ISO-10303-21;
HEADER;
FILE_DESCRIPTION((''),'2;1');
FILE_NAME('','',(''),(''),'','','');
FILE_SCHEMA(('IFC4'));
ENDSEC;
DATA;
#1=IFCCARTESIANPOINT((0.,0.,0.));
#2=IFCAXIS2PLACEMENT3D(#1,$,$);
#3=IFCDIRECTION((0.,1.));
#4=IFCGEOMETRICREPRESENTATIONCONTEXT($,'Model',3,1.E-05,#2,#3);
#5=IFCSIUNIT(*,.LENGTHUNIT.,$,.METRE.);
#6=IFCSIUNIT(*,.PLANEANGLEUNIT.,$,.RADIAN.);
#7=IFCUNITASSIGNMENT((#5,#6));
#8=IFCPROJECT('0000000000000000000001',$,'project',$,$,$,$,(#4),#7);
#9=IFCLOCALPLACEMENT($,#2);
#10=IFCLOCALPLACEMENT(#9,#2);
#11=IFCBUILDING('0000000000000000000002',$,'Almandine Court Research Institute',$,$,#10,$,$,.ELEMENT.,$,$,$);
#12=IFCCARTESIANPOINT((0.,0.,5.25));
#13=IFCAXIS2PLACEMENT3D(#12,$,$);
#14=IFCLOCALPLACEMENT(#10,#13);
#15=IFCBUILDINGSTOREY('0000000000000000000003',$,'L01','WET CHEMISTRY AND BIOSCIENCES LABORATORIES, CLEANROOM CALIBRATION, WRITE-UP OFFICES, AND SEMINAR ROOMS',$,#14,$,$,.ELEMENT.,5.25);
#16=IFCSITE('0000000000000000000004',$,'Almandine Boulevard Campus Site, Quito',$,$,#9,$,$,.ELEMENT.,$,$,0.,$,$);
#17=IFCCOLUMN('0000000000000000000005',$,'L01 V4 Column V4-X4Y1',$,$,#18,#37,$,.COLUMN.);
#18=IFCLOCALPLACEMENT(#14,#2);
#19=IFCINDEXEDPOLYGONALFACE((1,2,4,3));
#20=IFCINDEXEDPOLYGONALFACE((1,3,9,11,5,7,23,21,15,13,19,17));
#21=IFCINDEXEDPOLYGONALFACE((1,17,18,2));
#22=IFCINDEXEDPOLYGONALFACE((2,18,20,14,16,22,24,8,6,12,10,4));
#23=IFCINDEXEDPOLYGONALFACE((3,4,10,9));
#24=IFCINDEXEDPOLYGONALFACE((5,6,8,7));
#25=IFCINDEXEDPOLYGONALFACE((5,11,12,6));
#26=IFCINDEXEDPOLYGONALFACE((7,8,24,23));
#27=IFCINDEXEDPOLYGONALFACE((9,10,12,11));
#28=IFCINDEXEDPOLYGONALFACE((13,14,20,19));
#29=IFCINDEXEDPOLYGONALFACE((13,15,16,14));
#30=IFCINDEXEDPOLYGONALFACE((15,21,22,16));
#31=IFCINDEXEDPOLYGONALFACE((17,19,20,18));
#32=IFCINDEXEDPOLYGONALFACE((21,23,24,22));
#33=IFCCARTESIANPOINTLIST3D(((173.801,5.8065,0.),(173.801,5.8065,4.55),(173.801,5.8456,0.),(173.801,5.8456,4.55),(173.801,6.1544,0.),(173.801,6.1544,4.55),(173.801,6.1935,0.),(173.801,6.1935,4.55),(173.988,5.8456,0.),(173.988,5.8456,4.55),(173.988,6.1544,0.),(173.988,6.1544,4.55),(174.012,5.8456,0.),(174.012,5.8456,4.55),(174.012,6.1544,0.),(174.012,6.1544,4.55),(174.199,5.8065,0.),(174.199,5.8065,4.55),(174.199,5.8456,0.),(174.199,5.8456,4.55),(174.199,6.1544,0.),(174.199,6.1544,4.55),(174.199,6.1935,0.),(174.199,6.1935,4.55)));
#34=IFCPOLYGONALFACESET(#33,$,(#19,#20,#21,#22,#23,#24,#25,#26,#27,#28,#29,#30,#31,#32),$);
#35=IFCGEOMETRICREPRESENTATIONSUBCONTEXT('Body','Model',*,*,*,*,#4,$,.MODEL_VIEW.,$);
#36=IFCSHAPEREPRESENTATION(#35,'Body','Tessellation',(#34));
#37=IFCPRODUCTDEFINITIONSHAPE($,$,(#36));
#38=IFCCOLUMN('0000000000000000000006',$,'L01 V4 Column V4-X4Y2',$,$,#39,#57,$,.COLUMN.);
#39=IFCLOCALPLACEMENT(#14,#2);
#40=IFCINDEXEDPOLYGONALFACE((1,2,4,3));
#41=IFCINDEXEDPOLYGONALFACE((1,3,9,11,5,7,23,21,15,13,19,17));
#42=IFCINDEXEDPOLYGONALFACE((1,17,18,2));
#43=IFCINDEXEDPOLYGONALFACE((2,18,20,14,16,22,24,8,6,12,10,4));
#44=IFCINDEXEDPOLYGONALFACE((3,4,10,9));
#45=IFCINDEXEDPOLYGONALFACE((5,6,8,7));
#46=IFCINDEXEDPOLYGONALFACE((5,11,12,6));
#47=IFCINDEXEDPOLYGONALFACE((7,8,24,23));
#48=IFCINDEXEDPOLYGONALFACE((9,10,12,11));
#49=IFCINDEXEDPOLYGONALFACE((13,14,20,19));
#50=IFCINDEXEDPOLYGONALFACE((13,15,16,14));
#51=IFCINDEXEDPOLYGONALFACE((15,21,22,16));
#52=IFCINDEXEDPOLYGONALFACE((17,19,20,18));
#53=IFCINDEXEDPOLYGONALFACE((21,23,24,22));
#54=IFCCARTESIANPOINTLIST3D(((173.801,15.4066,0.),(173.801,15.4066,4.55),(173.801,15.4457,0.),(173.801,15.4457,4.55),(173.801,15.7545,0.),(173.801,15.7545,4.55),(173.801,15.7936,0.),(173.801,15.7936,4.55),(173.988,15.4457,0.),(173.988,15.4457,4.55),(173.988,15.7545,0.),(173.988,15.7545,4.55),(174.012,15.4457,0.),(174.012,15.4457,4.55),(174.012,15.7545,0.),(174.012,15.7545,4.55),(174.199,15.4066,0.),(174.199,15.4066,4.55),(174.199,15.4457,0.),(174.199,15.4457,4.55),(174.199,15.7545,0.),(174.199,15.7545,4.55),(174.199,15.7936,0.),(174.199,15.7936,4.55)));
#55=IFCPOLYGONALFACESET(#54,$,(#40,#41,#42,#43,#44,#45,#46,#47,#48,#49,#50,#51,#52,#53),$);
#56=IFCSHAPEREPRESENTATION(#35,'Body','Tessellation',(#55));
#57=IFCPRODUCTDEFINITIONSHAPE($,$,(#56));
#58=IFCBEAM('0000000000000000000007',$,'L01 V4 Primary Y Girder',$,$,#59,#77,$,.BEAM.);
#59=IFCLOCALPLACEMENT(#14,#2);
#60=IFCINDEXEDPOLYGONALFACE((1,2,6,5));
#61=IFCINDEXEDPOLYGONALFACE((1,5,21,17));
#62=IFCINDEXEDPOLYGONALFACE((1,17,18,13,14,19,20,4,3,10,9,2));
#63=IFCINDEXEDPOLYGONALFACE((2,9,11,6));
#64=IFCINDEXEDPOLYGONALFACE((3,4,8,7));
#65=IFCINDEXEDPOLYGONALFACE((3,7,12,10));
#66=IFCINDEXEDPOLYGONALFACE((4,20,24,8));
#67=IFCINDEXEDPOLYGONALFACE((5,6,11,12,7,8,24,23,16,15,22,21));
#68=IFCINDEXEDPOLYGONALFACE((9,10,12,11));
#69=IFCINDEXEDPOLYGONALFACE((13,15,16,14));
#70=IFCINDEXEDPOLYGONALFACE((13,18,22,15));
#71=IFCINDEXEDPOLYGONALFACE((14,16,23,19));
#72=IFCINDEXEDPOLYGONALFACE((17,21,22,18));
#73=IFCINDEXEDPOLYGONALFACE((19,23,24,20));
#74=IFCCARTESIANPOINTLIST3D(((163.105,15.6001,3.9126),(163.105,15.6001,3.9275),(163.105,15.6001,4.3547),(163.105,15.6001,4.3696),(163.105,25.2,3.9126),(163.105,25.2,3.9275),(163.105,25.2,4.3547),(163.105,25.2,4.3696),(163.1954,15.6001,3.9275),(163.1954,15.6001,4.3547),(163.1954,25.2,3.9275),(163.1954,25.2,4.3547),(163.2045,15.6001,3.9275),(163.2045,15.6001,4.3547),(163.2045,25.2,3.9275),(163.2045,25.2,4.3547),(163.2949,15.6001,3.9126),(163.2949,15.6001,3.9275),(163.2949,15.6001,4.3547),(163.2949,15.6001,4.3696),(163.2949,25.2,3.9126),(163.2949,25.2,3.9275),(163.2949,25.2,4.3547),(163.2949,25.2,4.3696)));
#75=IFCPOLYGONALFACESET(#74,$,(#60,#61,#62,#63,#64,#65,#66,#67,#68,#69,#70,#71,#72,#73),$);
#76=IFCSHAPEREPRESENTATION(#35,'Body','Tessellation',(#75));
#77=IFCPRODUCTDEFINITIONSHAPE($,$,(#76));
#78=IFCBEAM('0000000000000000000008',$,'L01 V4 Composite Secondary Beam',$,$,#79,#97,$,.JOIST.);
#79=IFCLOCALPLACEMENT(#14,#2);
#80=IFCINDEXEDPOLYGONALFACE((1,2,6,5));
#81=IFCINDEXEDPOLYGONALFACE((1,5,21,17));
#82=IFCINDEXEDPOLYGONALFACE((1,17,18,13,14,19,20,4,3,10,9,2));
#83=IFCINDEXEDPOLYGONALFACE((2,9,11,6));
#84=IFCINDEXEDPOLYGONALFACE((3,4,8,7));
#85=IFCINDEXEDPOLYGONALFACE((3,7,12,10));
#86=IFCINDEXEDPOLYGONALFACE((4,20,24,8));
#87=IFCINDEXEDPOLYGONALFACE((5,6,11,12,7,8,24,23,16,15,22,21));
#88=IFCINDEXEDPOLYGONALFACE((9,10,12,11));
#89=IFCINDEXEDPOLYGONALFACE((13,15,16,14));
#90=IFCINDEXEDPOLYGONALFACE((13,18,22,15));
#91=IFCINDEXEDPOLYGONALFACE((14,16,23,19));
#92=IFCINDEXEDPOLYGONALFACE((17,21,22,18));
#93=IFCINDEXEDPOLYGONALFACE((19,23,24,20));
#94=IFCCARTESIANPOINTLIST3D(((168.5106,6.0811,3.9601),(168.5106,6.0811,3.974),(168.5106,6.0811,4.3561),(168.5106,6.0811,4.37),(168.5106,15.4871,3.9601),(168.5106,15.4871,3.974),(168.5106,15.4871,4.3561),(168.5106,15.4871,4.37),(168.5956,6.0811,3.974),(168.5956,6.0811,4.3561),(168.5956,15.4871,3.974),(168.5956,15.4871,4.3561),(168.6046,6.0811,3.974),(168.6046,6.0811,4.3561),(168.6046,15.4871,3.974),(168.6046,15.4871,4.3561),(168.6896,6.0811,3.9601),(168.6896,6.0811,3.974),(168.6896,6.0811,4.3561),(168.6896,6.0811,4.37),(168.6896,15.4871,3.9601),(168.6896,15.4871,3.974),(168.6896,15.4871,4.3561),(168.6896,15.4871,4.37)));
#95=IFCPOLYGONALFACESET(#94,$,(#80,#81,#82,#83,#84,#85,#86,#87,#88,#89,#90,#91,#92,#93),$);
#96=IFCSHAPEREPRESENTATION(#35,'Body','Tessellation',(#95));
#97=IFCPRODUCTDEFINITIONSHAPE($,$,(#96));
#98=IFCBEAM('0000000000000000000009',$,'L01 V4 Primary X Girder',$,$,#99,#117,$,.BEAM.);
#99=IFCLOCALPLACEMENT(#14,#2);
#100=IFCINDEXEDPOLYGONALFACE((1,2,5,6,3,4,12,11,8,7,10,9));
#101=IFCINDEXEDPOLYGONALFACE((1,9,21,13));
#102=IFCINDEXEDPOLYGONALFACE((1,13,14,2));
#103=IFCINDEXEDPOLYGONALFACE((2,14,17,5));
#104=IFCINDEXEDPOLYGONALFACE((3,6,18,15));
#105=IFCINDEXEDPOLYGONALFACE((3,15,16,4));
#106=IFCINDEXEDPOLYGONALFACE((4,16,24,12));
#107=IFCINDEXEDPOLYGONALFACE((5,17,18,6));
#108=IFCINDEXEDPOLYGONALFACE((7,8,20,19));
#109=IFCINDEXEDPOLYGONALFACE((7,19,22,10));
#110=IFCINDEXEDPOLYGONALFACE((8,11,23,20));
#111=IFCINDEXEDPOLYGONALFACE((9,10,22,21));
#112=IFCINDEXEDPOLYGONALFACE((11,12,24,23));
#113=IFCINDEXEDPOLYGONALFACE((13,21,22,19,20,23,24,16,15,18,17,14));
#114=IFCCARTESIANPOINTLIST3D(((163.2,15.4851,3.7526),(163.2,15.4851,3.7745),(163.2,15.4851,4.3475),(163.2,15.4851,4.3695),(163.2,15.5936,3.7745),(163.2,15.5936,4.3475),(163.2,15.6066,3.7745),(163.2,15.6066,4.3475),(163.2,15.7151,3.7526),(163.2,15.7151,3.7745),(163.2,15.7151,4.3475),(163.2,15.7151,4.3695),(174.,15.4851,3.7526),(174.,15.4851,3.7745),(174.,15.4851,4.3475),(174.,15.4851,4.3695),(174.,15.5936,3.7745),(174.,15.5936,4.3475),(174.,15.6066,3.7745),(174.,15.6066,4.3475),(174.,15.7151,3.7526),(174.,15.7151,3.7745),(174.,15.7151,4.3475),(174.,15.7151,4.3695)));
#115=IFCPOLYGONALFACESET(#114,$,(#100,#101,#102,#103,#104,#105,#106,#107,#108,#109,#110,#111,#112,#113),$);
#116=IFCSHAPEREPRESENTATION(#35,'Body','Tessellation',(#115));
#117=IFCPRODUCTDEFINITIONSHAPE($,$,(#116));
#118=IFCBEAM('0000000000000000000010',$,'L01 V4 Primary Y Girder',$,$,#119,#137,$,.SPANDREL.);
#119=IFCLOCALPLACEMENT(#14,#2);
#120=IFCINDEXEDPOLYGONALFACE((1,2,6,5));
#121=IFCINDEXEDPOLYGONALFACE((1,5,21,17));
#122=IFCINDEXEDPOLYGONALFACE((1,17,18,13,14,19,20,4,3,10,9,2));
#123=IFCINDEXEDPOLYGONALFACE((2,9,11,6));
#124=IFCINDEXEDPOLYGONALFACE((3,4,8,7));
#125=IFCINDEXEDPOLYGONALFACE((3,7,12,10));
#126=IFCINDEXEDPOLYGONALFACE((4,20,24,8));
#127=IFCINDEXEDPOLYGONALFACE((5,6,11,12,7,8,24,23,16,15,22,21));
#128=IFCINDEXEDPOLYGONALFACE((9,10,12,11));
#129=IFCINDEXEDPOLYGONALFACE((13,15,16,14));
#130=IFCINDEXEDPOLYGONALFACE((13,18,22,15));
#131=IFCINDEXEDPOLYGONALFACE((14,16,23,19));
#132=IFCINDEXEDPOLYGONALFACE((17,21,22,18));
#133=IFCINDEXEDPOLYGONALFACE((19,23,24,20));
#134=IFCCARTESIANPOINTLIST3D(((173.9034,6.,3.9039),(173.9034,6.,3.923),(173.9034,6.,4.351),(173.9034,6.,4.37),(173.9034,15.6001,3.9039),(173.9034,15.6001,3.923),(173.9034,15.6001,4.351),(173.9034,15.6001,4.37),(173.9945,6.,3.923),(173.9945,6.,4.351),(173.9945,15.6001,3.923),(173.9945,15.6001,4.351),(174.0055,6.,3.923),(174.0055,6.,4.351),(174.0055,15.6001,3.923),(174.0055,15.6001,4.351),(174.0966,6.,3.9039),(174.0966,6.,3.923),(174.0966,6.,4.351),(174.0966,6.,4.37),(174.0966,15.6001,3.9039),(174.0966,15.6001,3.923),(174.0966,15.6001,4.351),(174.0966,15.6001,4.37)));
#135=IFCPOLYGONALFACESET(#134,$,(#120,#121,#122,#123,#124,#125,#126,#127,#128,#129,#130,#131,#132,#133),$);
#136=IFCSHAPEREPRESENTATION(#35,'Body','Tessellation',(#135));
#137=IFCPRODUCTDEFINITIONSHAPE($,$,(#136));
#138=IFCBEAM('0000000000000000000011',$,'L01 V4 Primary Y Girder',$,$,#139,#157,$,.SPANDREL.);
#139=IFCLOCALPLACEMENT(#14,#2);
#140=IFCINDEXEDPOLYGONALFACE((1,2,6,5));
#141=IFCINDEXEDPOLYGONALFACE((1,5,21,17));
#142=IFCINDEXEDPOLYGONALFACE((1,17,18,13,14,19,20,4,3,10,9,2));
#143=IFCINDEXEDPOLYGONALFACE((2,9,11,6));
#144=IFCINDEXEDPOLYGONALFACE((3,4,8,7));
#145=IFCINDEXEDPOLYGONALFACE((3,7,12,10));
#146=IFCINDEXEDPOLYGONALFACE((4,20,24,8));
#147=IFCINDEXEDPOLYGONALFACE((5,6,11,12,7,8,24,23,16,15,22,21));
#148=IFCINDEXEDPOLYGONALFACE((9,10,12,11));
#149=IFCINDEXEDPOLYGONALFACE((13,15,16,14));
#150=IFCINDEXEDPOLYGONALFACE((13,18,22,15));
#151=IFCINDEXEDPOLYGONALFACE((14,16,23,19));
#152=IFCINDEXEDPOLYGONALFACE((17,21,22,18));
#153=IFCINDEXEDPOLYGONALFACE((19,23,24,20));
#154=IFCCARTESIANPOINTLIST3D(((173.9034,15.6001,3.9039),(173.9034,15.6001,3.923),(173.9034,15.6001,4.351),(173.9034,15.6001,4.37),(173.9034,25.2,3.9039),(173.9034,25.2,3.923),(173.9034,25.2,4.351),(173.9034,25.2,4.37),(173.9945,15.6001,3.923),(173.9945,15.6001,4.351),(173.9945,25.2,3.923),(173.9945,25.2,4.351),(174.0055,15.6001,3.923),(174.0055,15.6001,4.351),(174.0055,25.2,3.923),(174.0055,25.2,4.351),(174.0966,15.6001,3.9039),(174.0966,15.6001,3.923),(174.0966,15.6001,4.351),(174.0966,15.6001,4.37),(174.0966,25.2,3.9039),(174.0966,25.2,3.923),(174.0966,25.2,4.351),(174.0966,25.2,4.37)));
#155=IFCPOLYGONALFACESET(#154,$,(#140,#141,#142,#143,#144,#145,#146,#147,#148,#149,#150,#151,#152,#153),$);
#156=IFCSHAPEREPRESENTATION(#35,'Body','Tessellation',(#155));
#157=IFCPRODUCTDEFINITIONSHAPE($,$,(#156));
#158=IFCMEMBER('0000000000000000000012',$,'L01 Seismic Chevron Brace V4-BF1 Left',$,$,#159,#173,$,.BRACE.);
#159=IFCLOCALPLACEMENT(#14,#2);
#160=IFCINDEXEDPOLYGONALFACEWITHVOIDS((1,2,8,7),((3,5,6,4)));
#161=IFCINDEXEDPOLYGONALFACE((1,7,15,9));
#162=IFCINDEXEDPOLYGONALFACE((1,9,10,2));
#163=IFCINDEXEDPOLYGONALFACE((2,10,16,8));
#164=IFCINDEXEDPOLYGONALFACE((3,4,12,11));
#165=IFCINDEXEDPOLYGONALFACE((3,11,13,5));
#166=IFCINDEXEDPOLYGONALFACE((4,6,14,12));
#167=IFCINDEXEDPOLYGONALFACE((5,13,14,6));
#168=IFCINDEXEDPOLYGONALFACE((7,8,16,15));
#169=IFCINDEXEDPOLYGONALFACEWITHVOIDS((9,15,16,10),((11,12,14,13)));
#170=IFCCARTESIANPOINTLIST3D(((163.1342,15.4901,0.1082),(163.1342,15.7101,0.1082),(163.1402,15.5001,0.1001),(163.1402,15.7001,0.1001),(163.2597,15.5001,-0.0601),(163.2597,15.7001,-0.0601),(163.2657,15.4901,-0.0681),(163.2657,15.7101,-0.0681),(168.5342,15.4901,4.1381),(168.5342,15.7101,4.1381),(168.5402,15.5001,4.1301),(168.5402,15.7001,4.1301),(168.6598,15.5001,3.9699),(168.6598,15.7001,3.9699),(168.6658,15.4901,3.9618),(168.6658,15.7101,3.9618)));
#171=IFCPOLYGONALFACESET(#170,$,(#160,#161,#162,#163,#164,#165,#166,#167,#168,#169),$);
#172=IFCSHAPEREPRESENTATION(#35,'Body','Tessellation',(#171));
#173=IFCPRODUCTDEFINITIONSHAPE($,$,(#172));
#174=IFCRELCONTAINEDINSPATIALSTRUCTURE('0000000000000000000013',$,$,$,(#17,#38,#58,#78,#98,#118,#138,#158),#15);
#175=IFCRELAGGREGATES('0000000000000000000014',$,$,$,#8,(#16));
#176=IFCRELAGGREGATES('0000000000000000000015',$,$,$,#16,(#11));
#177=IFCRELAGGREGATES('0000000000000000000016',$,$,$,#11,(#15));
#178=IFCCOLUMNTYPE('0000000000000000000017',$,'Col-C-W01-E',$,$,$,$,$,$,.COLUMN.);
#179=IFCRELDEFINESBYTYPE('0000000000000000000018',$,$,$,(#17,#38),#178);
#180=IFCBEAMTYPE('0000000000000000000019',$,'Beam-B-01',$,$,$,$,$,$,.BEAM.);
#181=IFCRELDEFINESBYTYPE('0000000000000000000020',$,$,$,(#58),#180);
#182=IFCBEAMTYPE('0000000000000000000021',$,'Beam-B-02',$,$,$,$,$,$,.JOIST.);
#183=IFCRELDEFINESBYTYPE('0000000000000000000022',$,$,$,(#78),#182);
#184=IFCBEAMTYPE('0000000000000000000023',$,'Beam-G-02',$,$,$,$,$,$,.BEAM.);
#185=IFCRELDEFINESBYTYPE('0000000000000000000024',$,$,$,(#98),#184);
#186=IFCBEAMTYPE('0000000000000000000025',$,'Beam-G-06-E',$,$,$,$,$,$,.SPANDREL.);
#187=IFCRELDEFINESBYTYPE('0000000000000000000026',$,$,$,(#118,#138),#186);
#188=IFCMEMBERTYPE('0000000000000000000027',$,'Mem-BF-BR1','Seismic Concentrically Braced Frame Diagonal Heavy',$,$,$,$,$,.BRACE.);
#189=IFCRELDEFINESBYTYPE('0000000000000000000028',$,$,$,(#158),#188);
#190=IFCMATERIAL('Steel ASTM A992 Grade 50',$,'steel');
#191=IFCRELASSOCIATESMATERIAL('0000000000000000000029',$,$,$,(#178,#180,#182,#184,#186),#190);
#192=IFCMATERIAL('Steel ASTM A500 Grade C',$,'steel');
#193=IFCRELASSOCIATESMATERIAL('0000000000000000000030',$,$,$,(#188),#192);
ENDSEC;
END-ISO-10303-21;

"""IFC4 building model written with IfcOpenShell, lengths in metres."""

from ifc_helpers import new_model, si_unit, direction, frame, origin, origin_2d, place, context, subcontext, project, spatial, hollow_rectangle, i_section, extrude, material, material_profile, profile_set, type_object, element, save


model = new_model("IFC4")

# Units and contexts
model_context = context("Model", 3, precision=1e-05, world=origin(), true_north=direction((0.0, 1.0)))
body_context = subcontext(model_context, "Body", "Model", "MODEL_VIEW")
ifc_project = project(units=[si_unit("LENGTHUNIT", "METRE"), si_unit("PLANEANGLEUNIT", "RADIAN")], contexts=[model_context])

# Site, building, storey
site_placement = place(None, origin())
site = spatial("IfcSite", under=ifc_project, at=site_placement, Name="Almandine Boulevard Campus Site, Quito", CompositionType="ELEMENT", RefElevation=0.0)
building_placement = place(site_placement, origin())
building = spatial("IfcBuilding", under=site, at=building_placement, Name="Almandine Court Research Institute", CompositionType="ELEMENT")
storey_placement = place(building_placement, frame((0.0, 0.0, 5.25)))
storey = spatial("IfcBuildingStorey", under=building, at=storey_placement, Name="L01", Description="WET CHEMISTRY AND BIOSCIENCES LABORATORIES, CLEANROOM CALIBRATION, WRITE-UP OFFICES, AND SEMINAR ROOMS", CompositionType="ELEMENT", Elevation=5.25)

# Columns
ifc_material_1 = material(Name="Steel ASTM A992 Grade 50", Category="steel")
ifc_material_profile_1 = material_profile(ifc_material_1, i_section(OverallWidth=0.3979, OverallDepth=0.387, WebThickness=0.0239, FlangeThickness=0.0391, at=origin_2d()), Name="W360x262")
ifc_profile_set_1 = profile_set([ifc_material_profile_1], Name="Steel ASTM A992 Grade 50")
column_type = type_object("IfcColumnType", Name="Col-C-W01-E", PredefinedType="COLUMN", material=ifc_profile_set_1)
for number, where, z_axis, x_axis, name in (
    (1, (174.0, 6.0, 0.0), (0.0, 0.0, 1.0), (1.0, 0.0, 0.0), "L01 V4 Column V4-X4Y1"),
    (2, (174.0, 15.6001, 0.0), (0.0, 0.0, 1.0), (1.0, 0.0, 0.0), "L01 V4 Column V4-X4Y2"),
):
    element("IfcColumn", number, at=place(storey_placement, frame(where, z_axis=z_axis, x_axis=x_axis)), inside=storey, type_object=column_type, Name=name, PredefinedType="COLUMN", context=body_context, shape_type="SweptSolid", body=[
        extrude(i_section(OverallWidth=0.3979, OverallDepth=0.387, WebThickness=0.0239, FlangeThickness=0.0391, at=origin_2d()), origin(), (0.0, 0.0, 1.0), 4.55),
    ])

# Beams
ifc_material_profile_2 = material_profile(ifc_material_1, i_section(OverallWidth=0.1899, OverallDepth=0.457, WebThickness=0.009, FlangeThickness=0.0149, at=origin_2d()), Name="W460x74")
ifc_profile_set_2 = profile_set([ifc_material_profile_2], Name="Steel ASTM A992 Grade 50")
beam_type_1 = type_object("IfcBeamType", Name="Beam-B-01", PredefinedType="BEAM", material=ifc_profile_set_2)
beam_1_placement = place(storey_placement, frame((163.2, 15.6001, 4.1411), z_axis=(0.0, 1.0, 0.0), x_axis=(-1.0, 0.0, 0.0)))
element("IfcBeam", 3, at=beam_1_placement, inside=storey, type_object=beam_type_1, Name="L01 V4 Primary Y Girder", PredefinedType="BEAM", context=body_context, shape_type="SweptSolid", body=[
    extrude(i_section(OverallWidth=0.1899, OverallDepth=0.457, WebThickness=0.009, FlangeThickness=0.0149, at=origin_2d()), origin(), (0.0, 0.0, 1.0), 9.5999),
])
ifc_material_profile_3 = material_profile(ifc_material_1, i_section(OverallWidth=0.179, OverallDepth=0.4099, WebThickness=0.009, FlangeThickness=0.0139, at=origin_2d()), Name="W410x67")
ifc_profile_set_3 = profile_set([ifc_material_profile_3], Name="Steel ASTM A992 Grade 50")
beam_type_2 = type_object("IfcBeamType", Name="Beam-B-02", PredefinedType="JOIST", material=ifc_profile_set_3)
beam_2_placement = place(storey_placement, frame((168.6001, 6.0811, 4.165), z_axis=(0.0, 1.0, 0.0), x_axis=(-1.0, 0.0, 0.0)))
element("IfcBeam", 4, at=beam_2_placement, inside=storey, type_object=beam_type_2, Name="L01 V4 Composite Secondary Beam", PredefinedType="JOIST", context=body_context, shape_type="SweptSolid", body=[
    extrude(i_section(OverallWidth=0.179, OverallDepth=0.4099, WebThickness=0.009, FlangeThickness=0.0139, at=origin_2d()), origin(), (0.0, 0.0, 1.0), 9.406),
])
ifc_material_profile_4 = material_profile(ifc_material_1, i_section(OverallWidth=0.23, OverallDepth=0.6169, WebThickness=0.0129, FlangeThickness=0.022, at=origin_2d()), Name="W610x140")
ifc_profile_set_4 = profile_set([ifc_material_profile_4], Name="Steel ASTM A992 Grade 50")
beam_type_3 = type_object("IfcBeamType", Name="Beam-G-02", PredefinedType="BEAM", material=ifc_profile_set_4)
beam_3_placement = place(storey_placement, frame((163.2, 15.6001, 4.061), z_axis=(1.0, 0.0, 0.0), x_axis=(0.0, 1.0, 0.0)))
element("IfcBeam", 5, at=beam_3_placement, inside=storey, type_object=beam_type_3, Name="L01 V4 Primary X Girder", PredefinedType="BEAM", context=body_context, shape_type="SweptSolid", body=[
    extrude(i_section(OverallWidth=0.23, OverallDepth=0.6169, WebThickness=0.0129, FlangeThickness=0.022, at=origin_2d()), origin(), (0.0, 0.0, 1.0), 10.8),
])
ifc_material_profile_5 = material_profile(ifc_material_1, i_section(OverallWidth=0.1931, OverallDepth=0.4661, WebThickness=0.011, FlangeThickness=0.019, at=origin_2d()), Name="W460x97")
ifc_profile_set_5 = profile_set([ifc_material_profile_5], Name="Steel ASTM A992 Grade 50")
beam_type_4 = type_object("IfcBeamType", Name="Beam-G-06-E", PredefinedType="SPANDREL", material=ifc_profile_set_5)
beam_4_placement = place(storey_placement, frame((174.0, 6.0, 4.137), z_axis=(0.0, 1.0, 0.0), x_axis=(-1.0, 0.0, 0.0)))
element("IfcBeam", 6, at=beam_4_placement, inside=storey, type_object=beam_type_4, Name="L01 V4 Primary Y Girder", PredefinedType="SPANDREL", context=body_context, shape_type="SweptSolid", body=[
    extrude(i_section(OverallWidth=0.1931, OverallDepth=0.4661, WebThickness=0.011, FlangeThickness=0.019, at=origin_2d()), origin(), (0.0, 0.0, 1.0), 9.6001),
])
beam_5_placement = place(storey_placement, frame((174.0, 15.6001, 4.137), z_axis=(0.0, 1.0, 0.0), x_axis=(-1.0, 0.0, 0.0)))
element("IfcBeam", 7, at=beam_5_placement, inside=storey, type_object=beam_type_4, Name="L01 V4 Primary Y Girder", PredefinedType="SPANDREL", context=body_context, shape_type="SweptSolid", body=[
    extrude(i_section(OverallWidth=0.1931, OverallDepth=0.4661, WebThickness=0.011, FlangeThickness=0.019, at=origin_2d()), origin(), (0.0, 0.0, 1.0), 9.5999),
])

# Member
ifc_material_2 = material(Name="Steel ASTM A500 Grade C", Category="steel")
ifc_material_profile_6 = material_profile(ifc_material_2, hollow_rectangle(XDim=0.22, YDim=0.22, WallThickness=0.01, at=origin_2d()), Name="HSS 220x220x10")
ifc_profile_set_6 = profile_set([ifc_material_profile_6], Name="Steel ASTM A500 Grade C")
member_type = type_object("IfcMemberType", Name="Mem-BF-BR1", Description="Seismic Concentrically Braced Frame Diagonal Heavy", PredefinedType="BRACE", material=ifc_profile_set_6)
for number, where, z_axis, x_axis, name in (
    (8, (163.2, 15.6001, 0.02), (0.801428, 0.0, 0.598091), (0.0, 1.0, 0.0), "L01 Seismic Chevron Brace V4-BF1 Left"),
):
    element("IfcMember", number, at=place(storey_placement, frame(where, z_axis=z_axis, x_axis=x_axis)), inside=storey, type_object=member_type, Name=name, PredefinedType="BRACE", context=body_context, shape_type="SweptSolid", body=[
        extrude(hollow_rectangle(XDim=0.22, YDim=0.22, WallThickness=0.01, at=origin_2d()), origin(), (0.0, 0.0, 1.0), 6.738),
    ])

save(model, "model.ifc")
